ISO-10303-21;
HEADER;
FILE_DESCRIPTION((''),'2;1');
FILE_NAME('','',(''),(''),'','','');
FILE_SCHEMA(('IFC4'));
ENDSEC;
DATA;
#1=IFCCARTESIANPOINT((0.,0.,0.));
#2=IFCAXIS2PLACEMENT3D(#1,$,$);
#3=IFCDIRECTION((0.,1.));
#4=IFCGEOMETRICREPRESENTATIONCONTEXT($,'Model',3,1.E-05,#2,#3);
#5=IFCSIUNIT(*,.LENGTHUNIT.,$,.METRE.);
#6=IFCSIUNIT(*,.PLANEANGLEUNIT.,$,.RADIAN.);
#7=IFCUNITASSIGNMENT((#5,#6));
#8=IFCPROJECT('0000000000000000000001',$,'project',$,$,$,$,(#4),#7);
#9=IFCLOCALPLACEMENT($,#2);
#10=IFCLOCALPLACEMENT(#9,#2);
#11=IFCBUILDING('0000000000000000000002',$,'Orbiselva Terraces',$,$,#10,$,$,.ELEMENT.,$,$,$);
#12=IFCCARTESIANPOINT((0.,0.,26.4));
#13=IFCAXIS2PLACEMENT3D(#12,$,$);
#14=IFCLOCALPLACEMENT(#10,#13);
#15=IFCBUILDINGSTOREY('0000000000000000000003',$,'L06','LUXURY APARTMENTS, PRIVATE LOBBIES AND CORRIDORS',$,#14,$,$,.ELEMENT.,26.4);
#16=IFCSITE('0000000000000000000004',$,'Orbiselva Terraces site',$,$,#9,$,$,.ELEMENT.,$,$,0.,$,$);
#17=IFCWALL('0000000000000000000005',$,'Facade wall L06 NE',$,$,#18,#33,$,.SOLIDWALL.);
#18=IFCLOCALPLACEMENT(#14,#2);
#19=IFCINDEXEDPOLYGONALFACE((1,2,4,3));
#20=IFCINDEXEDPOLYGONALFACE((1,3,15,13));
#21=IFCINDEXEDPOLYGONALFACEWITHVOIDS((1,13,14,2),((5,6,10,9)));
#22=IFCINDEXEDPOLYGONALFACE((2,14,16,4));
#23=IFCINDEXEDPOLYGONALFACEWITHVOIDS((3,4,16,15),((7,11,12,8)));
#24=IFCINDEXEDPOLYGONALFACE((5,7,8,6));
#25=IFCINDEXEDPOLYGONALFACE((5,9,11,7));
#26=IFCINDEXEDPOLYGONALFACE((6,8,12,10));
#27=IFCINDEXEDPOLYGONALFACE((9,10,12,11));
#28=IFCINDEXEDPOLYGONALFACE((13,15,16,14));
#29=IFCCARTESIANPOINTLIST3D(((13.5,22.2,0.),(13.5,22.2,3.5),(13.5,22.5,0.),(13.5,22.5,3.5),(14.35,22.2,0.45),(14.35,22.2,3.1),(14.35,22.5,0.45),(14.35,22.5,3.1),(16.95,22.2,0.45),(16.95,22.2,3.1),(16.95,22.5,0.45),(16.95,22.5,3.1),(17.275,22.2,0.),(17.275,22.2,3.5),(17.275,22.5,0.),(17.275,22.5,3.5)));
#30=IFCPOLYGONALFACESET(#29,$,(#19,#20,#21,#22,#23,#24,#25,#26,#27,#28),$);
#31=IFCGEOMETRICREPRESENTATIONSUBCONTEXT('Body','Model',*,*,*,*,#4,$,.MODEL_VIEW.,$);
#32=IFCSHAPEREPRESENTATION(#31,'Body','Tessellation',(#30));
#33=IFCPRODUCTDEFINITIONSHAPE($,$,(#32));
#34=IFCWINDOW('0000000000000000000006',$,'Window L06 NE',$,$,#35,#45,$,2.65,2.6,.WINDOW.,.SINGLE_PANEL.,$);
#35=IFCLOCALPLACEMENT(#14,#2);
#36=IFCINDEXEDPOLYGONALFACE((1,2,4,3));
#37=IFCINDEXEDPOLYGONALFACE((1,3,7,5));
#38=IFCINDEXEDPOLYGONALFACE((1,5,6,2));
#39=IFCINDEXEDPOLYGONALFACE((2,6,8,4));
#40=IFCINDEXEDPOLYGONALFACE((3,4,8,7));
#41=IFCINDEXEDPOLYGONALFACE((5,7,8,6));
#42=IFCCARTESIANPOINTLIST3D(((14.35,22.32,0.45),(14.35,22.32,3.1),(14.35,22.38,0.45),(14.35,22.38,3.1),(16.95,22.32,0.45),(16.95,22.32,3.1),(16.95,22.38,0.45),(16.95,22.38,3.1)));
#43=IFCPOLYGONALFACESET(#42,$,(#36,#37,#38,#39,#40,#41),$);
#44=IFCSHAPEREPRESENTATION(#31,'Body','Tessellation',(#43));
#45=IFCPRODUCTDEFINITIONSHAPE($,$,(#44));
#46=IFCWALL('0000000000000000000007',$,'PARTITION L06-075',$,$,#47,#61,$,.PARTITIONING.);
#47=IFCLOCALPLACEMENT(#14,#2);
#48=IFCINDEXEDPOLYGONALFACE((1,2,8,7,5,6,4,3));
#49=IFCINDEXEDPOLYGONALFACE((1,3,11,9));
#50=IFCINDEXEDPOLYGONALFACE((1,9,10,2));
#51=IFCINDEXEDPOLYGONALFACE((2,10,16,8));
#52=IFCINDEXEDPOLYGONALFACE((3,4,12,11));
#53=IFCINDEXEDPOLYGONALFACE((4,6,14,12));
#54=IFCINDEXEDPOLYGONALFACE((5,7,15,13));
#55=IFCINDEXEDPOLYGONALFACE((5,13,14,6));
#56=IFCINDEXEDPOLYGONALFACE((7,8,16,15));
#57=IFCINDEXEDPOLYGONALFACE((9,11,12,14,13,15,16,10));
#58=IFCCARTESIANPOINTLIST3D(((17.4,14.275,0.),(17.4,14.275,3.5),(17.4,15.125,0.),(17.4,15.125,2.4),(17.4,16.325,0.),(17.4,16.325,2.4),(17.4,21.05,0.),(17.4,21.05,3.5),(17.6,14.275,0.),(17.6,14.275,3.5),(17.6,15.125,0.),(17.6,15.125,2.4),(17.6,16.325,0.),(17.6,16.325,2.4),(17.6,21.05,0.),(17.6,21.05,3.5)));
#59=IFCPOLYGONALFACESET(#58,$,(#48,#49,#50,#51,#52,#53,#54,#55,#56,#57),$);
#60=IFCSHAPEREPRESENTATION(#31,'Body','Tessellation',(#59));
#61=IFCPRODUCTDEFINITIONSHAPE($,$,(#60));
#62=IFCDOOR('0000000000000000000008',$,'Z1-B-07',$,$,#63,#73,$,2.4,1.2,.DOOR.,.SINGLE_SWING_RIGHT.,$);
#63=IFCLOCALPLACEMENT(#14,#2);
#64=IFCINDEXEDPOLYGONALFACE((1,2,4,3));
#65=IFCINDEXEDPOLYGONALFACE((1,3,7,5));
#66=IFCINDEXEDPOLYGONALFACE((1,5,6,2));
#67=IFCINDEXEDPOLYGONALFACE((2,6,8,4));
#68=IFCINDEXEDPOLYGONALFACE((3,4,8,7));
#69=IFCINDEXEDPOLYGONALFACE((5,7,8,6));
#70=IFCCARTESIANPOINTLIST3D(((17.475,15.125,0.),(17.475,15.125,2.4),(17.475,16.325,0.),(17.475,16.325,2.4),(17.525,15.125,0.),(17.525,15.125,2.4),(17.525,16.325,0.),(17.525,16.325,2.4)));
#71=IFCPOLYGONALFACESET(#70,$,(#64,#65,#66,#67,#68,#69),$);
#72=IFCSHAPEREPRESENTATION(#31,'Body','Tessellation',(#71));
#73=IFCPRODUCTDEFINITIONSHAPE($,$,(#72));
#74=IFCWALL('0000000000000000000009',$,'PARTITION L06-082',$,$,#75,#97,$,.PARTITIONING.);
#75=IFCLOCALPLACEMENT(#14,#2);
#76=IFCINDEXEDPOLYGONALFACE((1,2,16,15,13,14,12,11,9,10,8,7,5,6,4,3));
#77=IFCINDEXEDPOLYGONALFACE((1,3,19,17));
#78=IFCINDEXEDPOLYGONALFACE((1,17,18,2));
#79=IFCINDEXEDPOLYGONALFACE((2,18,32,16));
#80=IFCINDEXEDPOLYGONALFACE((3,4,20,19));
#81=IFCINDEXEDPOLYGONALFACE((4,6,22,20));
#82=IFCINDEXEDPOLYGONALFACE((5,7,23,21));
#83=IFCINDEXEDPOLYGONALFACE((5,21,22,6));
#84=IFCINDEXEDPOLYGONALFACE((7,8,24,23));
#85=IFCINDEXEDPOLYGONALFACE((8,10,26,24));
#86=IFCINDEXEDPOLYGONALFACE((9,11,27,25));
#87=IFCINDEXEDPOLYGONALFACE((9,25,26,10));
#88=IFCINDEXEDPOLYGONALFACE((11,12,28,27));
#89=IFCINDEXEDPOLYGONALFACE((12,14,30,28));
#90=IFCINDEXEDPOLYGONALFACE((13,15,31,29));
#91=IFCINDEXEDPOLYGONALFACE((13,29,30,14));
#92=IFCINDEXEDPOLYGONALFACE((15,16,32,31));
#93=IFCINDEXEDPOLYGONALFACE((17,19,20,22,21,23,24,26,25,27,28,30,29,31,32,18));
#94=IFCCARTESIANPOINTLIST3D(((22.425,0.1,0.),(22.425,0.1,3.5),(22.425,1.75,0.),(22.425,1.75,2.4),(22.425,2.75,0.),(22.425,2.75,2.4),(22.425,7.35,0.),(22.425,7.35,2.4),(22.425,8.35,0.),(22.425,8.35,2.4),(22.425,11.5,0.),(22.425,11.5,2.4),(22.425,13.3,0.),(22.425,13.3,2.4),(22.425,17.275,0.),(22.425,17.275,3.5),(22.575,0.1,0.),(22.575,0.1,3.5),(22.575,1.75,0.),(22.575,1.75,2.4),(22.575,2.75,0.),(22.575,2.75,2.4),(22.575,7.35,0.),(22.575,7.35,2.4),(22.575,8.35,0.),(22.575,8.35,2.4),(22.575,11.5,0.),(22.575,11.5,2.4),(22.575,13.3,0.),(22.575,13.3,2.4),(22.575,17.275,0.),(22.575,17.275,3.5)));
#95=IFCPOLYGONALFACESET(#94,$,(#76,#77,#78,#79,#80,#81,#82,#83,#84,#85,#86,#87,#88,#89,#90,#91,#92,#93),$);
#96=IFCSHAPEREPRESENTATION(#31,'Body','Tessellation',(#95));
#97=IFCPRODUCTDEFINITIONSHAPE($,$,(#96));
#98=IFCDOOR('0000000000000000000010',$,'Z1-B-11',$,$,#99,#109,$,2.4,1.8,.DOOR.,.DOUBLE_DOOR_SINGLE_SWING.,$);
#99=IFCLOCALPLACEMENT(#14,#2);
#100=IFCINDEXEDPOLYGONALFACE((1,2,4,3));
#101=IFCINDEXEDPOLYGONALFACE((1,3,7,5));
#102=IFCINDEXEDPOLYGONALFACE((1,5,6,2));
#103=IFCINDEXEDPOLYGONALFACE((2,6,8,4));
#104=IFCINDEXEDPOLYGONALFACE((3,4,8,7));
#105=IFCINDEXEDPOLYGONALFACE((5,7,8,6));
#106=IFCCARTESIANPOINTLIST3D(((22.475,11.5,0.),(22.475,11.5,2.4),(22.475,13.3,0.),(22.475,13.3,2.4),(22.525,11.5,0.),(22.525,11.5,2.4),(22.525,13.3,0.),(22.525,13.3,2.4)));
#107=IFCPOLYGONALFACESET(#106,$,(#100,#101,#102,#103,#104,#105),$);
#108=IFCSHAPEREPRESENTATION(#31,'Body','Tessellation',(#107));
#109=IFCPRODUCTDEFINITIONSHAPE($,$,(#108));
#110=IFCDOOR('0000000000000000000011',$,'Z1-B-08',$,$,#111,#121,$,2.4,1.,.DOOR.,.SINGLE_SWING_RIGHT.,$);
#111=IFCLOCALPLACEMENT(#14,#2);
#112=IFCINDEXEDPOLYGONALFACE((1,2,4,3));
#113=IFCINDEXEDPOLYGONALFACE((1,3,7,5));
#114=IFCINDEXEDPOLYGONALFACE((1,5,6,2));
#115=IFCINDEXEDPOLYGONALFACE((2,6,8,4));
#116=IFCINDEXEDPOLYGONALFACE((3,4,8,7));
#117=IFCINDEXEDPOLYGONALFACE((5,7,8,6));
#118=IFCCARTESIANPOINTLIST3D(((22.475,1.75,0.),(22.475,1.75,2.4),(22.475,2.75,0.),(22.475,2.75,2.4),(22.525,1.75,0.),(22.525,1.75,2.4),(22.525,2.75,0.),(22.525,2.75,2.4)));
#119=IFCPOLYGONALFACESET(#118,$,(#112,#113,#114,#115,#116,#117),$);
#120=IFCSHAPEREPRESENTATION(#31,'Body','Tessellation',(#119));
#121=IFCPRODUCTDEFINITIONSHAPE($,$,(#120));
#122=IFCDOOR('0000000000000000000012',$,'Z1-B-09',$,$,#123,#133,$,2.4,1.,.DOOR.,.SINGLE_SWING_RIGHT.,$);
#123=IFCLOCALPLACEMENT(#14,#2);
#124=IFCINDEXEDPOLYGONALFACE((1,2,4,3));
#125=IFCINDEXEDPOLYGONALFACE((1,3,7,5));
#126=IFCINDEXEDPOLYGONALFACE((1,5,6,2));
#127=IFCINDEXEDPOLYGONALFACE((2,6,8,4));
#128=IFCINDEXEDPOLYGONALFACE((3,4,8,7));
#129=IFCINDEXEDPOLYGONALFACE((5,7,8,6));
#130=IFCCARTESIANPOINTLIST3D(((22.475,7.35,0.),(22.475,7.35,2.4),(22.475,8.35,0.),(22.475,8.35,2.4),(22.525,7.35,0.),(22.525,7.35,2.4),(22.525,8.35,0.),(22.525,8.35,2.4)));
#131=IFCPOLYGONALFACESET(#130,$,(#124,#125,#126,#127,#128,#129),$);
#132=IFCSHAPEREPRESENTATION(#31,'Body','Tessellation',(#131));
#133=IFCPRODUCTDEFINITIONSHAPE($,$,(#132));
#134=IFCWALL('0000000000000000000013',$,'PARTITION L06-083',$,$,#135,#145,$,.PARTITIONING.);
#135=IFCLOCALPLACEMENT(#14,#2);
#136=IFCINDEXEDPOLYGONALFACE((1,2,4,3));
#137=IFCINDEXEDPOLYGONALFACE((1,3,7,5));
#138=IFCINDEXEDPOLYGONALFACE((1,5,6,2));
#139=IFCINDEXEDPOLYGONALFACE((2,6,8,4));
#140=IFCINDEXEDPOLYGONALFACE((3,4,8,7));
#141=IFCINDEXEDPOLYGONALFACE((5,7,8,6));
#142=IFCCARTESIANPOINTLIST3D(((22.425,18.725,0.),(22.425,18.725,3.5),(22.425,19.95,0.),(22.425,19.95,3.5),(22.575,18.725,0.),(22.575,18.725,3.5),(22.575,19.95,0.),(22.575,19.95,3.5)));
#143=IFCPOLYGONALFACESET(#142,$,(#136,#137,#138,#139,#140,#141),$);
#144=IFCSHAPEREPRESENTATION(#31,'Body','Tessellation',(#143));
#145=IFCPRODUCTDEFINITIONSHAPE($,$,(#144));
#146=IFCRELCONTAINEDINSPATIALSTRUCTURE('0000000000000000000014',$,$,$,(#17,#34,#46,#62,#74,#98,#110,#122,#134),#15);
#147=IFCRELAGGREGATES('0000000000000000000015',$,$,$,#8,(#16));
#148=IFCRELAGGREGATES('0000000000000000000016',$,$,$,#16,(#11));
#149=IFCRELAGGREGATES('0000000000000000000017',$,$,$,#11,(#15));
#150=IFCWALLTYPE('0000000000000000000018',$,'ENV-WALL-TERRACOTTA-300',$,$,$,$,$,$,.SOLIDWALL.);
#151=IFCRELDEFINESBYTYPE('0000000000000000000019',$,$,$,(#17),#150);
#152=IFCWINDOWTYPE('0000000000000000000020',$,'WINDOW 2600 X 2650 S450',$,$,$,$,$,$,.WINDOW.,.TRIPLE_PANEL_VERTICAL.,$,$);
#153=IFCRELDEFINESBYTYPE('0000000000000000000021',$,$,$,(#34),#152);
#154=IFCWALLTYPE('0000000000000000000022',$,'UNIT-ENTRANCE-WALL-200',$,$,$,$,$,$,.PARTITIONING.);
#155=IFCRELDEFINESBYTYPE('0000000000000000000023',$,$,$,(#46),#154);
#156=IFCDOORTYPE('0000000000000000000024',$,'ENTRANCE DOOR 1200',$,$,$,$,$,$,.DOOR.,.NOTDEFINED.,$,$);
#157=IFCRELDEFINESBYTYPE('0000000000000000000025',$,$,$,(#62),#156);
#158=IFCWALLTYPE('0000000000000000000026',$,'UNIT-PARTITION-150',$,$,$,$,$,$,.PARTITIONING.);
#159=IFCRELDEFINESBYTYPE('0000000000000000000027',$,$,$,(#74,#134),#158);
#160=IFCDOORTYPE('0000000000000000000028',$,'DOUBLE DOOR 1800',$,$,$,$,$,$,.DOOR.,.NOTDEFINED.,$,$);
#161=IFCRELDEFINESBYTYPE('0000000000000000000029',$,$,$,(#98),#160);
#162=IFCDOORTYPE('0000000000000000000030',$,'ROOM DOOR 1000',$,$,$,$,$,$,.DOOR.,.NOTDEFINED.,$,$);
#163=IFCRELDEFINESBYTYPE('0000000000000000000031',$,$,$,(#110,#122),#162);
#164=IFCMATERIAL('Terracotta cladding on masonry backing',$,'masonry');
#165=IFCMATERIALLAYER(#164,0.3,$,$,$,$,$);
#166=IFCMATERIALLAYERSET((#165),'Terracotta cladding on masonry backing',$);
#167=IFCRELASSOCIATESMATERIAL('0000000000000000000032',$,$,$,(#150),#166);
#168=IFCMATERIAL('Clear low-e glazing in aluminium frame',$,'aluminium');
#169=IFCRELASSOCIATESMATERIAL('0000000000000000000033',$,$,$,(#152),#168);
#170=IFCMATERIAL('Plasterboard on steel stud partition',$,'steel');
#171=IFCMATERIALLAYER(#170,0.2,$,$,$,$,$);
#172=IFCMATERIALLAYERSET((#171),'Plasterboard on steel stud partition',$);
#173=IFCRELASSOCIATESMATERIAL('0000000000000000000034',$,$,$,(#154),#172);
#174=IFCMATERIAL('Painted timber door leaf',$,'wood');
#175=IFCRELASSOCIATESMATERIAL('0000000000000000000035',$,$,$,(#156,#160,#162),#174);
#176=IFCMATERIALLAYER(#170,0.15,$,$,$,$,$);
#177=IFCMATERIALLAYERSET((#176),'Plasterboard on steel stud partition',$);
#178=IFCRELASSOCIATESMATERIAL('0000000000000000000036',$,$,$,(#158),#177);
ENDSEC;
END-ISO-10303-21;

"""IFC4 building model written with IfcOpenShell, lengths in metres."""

from ifc_helpers import new_model, si_unit, direction, frame, frame_2d, origin, place, context, subcontext, project, spatial, rectangle, extrude, material, layer, layer_set, type_object, element, fill, save


model = new_model("IFC4")

# Units and contexts
model_context = context("Model", 3, precision=1e-05, world=origin(), true_north=direction((0.0, 1.0)))
body_context = subcontext(model_context, "Body", "Model", "MODEL_VIEW")
ifc_project = project(units=[si_unit("LENGTHUNIT", "METRE"), si_unit("PLANEANGLEUNIT", "RADIAN")], contexts=[model_context])

# Site, building, storey
site_placement = place(None, origin())
site = spatial("IfcSite", under=ifc_project, at=site_placement, Name="Orbiselva Terraces site", CompositionType="ELEMENT", RefElevation=0.0)
building_placement = place(site_placement, origin())
building = spatial("IfcBuilding", under=site, at=building_placement, Name="Orbiselva Terraces", CompositionType="ELEMENT")
storey_placement = place(building_placement, frame((0.0, 0.0, 26.4)))
storey = spatial("IfcBuildingStorey", under=building, at=storey_placement, Name="L06", Description="LUXURY APARTMENTS, PRIVATE LOBBIES AND CORRIDORS", CompositionType="ELEMENT", Elevation=26.4)

# Shared definitions
ifc_material_1 = material(Name="Terracotta cladding on masonry backing", Category="masonry")
ifc_layer_1 = layer(ifc_material_1, 0.3)
ifc_layer_set_1 = layer_set([ifc_layer_1], Name="Terracotta cladding on masonry backing")
wall_type_1 = type_object("IfcWallType", Name="ENV-WALL-TERRACOTTA-300", PredefinedType="SOLIDWALL", material=ifc_layer_set_1)
ifc_material_2 = material(Name="Clear low-e glazing in aluminium frame", Category="aluminium")
window_type = type_object("IfcWindowType", Name="WINDOW 2600 X 2650 S450", PartitioningType="TRIPLE_PANEL_VERTICAL", PredefinedType="WINDOW", material=ifc_material_2)

# Wall, opening, window
wall_1_placement = place(storey_placement, frame((13.5, 22.35, 0.0), z_axis=(0.0, 0.0, 1.0), x_axis=(1.0, 0.0, 0.0)))
wall_1 = element("IfcWall", 1, at=wall_1_placement, inside=storey, type_object=wall_type_1, Name="Facade wall L06 NE", PredefinedType="SOLIDWALL", context=body_context, shape_type="SweptSolid", body=[
    extrude(rectangle(XDim=3.775, YDim=0.3, at=frame_2d((1.8875, 0.0))), origin(), (0.0, 0.0, 1.0), 3.5),
])
opening_1_placement = place(wall_1_placement, frame((0.85, 0.0, 0.45)))
opening_1 = element("IfcOpeningElement", 2, at=opening_1_placement, cuts=wall_1, PredefinedType="OPENING", context=body_context, shape_type="SweptSolid", body=[
    extrude(rectangle(XDim=2.6, YDim=2.65, at=frame_2d((1.3, 1.325))), frame((0.0, 0.16, 0.0), z_axis=(0.0, -1.0, 0.0), x_axis=(1.0, 0.0, 0.0)), (0.0, 0.0, 1.0), 0.32),
])
window_1_placement = place(opening_1_placement, origin())
window_1 = element("IfcWindow", 3, at=window_1_placement, inside=storey, type_object=window_type, Name="Window L06 NE", OverallHeight=2.65, OverallWidth=2.6, PartitioningType="SINGLE_PANEL", PredefinedType="WINDOW", context=body_context, shape_type="SweptSolid", body=[
    extrude(rectangle(XDim=2.6, YDim=2.65, at=frame_2d((1.3, 1.325))), frame((0.0, 0.03, 0.0), z_axis=(0.0, -1.0, 0.0), x_axis=(1.0, 0.0, 0.0)), (0.0, 0.0, 1.0), 0.06),
])
fill(opening_1, window_1)

# Wall, opening, door
ifc_material_3 = material(Name="Plasterboard on steel stud partition", Category="steel")
ifc_layer_2 = layer(ifc_material_3, 0.2)
ifc_layer_set_2 = layer_set([ifc_layer_2], Name="Plasterboard on steel stud partition")
wall_type_2 = type_object("IfcWallType", Name="UNIT-ENTRANCE-WALL-200", PredefinedType="PARTITIONING", material=ifc_layer_set_2)
wall_2_placement = place(storey_placement, frame((17.5, 21.05, 0.0), z_axis=(0.0, 0.0, 1.0), x_axis=(0.0, -1.0, 0.0)))
wall_2 = element("IfcWall", 4, at=wall_2_placement, inside=storey, type_object=wall_type_2, Name="PARTITION L06-075", PredefinedType="PARTITIONING", context=body_context, shape_type="SweptSolid", body=[
    extrude(rectangle(XDim=6.775, YDim=0.2, at=frame_2d((3.3875, 0.0))), origin(), (0.0, 0.0, 1.0), 3.5),
])
opening_2_placement = place(wall_2_placement, frame((4.725, 0.0, 0.0)))
opening_2 = element("IfcOpeningElement", 5, at=opening_2_placement, cuts=wall_2, PredefinedType="OPENING", context=body_context, shape_type="SweptSolid", body=[
    extrude(rectangle(XDim=1.2, YDim=2.4, at=frame_2d((0.6, 1.2))), frame((0.0, 0.11, 0.0), z_axis=(0.0, -1.0, 0.0), x_axis=(1.0, 0.0, 0.0)), (0.0, 0.0, 1.0), 0.22),
])
ifc_material_4 = material(Name="Painted timber door leaf", Category="wood")
door_type_1 = type_object("IfcDoorType", Name="ENTRANCE DOOR 1200", OperationType="NOTDEFINED", PredefinedType="DOOR", material=ifc_material_4)
door_1_placement = place(opening_2_placement, origin())
door_1 = element("IfcDoor", 6, at=door_1_placement, inside=storey, type_object=door_type_1, Name="Z1-B-07", OperationType="SINGLE_SWING_RIGHT", OverallHeight=2.4, OverallWidth=1.2, PredefinedType="DOOR", context=body_context, shape_type="SweptSolid", body=[
    extrude(rectangle(XDim=1.2, YDim=2.4, at=frame_2d((0.6, 1.2))), frame((0.0, 0.025, 0.0), z_axis=(0.0, -1.0, 0.0), x_axis=(1.0, 0.0, 0.0)), (0.0, 0.0, 1.0), 0.05),
])
fill(opening_2, door_1)

# Wall, openings, doors
ifc_layer_3 = layer(ifc_material_3, 0.15)
ifc_layer_set_3 = layer_set([ifc_layer_3], Name="Plasterboard on steel stud partition")
wall_type_3 = type_object("IfcWallType", Name="UNIT-PARTITION-150", PredefinedType="PARTITIONING", material=ifc_layer_set_3)
wall_3_placement = place(storey_placement, frame((22.5, 17.275, 0.0), z_axis=(0.0, 0.0, 1.0), x_axis=(0.0, -1.0, 0.0)))
wall_3 = element("IfcWall", 7, at=wall_3_placement, inside=storey, type_object=wall_type_3, Name="PARTITION L06-082", PredefinedType="PARTITIONING", context=body_context, shape_type="SweptSolid", body=[
    extrude(rectangle(XDim=17.175, YDim=0.15, at=frame_2d((8.5875, 0.0))), origin(), (0.0, 0.0, 1.0), 3.5),
])
opening_3_placement = place(wall_3_placement, frame((14.525, 0.0, 0.0)))
opening_3 = element("IfcOpeningElement", 8, at=opening_3_placement, cuts=wall_3, PredefinedType="OPENING", context=body_context, shape_type="SweptSolid", body=[
    extrude(rectangle(XDim=1.0, YDim=2.4, at=frame_2d((0.5, 1.2))), frame((0.0, 0.085, 0.0), z_axis=(0.0, -1.0, 0.0), x_axis=(1.0, 0.0, 0.0)), (0.0, 0.0, 1.0), 0.17),
])
opening_4_placement = place(wall_3_placement, frame((8.925, 0.0, 0.0)))
opening_4 = element("IfcOpeningElement", 9, at=opening_4_placement, cuts=wall_3, PredefinedType="OPENING", context=body_context, shape_type="SweptSolid", body=[
    extrude(rectangle(XDim=1.0, YDim=2.4, at=frame_2d((0.5, 1.2))), frame((0.0, 0.085, 0.0), z_axis=(0.0, -1.0, 0.0), x_axis=(1.0, 0.0, 0.0)), (0.0, 0.0, 1.0), 0.17),
])
opening_5_placement = place(wall_3_placement, frame((3.975, 0.0, 0.0)))
opening_5 = element("IfcOpeningElement", 10, at=opening_5_placement, cuts=wall_3, PredefinedType="OPENING", context=body_context, shape_type="SweptSolid", body=[
    extrude(rectangle(XDim=1.8, YDim=2.4, at=frame_2d((0.9, 1.2))), frame((0.0, 0.085, 0.0), z_axis=(0.0, -1.0, 0.0), x_axis=(1.0, 0.0, 0.0)), (0.0, 0.0, 1.0), 0.17),
])
door_type_2 = type_object("IfcDoorType", Name="DOUBLE DOOR 1800", OperationType="NOTDEFINED", PredefinedType="DOOR", material=ifc_material_4)
door_2_placement = place(opening_5_placement, origin())
door_2 = element("IfcDoor", 11, at=door_2_placement, inside=storey, type_object=door_type_2, Name="Z1-B-11", OperationType="DOUBLE_DOOR_SINGLE_SWING", OverallHeight=2.4, OverallWidth=1.8, PredefinedType="DOOR", context=body_context, shape_type="SweptSolid", body=[
    extrude(rectangle(XDim=1.8, YDim=2.4, at=frame_2d((0.9, 1.2))), frame((0.0, 0.025, 0.0), z_axis=(0.0, -1.0, 0.0), x_axis=(1.0, 0.0, 0.0)), (0.0, 0.0, 1.0), 0.05),
])
fill(opening_5, door_2)
door_type_3 = type_object("IfcDoorType", Name="ROOM DOOR 1000", OperationType="NOTDEFINED", PredefinedType="DOOR", material=ifc_material_4)
door_3_placement = place(opening_3_placement, origin())
door_3 = element("IfcDoor", 12, at=door_3_placement, inside=storey, type_object=door_type_3, Name="Z1-B-08", OperationType="SINGLE_SWING_RIGHT", OverallHeight=2.4, OverallWidth=1.0, PredefinedType="DOOR", context=body_context, shape_type="SweptSolid", body=[
    extrude(rectangle(XDim=1.0, YDim=2.4, at=frame_2d((0.5, 1.2))), frame((0.0, 0.025, 0.0), z_axis=(0.0, -1.0, 0.0), x_axis=(1.0, 0.0, 0.0)), (0.0, 0.0, 1.0), 0.05),
])
fill(opening_3, door_3)
door_4_placement = place(opening_4_placement, origin())
door_4 = element("IfcDoor", 13, at=door_4_placement, inside=storey, type_object=door_type_3, Name="Z1-B-09", OperationType="SINGLE_SWING_RIGHT", OverallHeight=2.4, OverallWidth=1.0, PredefinedType="DOOR", context=body_context, shape_type="SweptSolid", body=[
    extrude(rectangle(XDim=1.0, YDim=2.4, at=frame_2d((0.5, 1.2))), frame((0.0, 0.025, 0.0), z_axis=(0.0, -1.0, 0.0), x_axis=(1.0, 0.0, 0.0)), (0.0, 0.0, 1.0), 0.05),
])
fill(opening_4, door_4)

# Wall
wall_4_placement = place(storey_placement, frame((22.5, 18.725, 0.0), z_axis=(0.0, 0.0, 1.0), x_axis=(0.0, 1.0, 0.0)))
element("IfcWall", 14, at=wall_4_placement, inside=storey, type_object=wall_type_3, Name="PARTITION L06-083", PredefinedType="PARTITIONING", context=body_context, shape_type="SweptSolid", body=[
    extrude(rectangle(XDim=1.225, YDim=0.15, at=frame_2d((0.6125, 0.0))), origin(), (0.0, 0.0, 1.0), 3.5),
])

save(model, "model.ifc")
